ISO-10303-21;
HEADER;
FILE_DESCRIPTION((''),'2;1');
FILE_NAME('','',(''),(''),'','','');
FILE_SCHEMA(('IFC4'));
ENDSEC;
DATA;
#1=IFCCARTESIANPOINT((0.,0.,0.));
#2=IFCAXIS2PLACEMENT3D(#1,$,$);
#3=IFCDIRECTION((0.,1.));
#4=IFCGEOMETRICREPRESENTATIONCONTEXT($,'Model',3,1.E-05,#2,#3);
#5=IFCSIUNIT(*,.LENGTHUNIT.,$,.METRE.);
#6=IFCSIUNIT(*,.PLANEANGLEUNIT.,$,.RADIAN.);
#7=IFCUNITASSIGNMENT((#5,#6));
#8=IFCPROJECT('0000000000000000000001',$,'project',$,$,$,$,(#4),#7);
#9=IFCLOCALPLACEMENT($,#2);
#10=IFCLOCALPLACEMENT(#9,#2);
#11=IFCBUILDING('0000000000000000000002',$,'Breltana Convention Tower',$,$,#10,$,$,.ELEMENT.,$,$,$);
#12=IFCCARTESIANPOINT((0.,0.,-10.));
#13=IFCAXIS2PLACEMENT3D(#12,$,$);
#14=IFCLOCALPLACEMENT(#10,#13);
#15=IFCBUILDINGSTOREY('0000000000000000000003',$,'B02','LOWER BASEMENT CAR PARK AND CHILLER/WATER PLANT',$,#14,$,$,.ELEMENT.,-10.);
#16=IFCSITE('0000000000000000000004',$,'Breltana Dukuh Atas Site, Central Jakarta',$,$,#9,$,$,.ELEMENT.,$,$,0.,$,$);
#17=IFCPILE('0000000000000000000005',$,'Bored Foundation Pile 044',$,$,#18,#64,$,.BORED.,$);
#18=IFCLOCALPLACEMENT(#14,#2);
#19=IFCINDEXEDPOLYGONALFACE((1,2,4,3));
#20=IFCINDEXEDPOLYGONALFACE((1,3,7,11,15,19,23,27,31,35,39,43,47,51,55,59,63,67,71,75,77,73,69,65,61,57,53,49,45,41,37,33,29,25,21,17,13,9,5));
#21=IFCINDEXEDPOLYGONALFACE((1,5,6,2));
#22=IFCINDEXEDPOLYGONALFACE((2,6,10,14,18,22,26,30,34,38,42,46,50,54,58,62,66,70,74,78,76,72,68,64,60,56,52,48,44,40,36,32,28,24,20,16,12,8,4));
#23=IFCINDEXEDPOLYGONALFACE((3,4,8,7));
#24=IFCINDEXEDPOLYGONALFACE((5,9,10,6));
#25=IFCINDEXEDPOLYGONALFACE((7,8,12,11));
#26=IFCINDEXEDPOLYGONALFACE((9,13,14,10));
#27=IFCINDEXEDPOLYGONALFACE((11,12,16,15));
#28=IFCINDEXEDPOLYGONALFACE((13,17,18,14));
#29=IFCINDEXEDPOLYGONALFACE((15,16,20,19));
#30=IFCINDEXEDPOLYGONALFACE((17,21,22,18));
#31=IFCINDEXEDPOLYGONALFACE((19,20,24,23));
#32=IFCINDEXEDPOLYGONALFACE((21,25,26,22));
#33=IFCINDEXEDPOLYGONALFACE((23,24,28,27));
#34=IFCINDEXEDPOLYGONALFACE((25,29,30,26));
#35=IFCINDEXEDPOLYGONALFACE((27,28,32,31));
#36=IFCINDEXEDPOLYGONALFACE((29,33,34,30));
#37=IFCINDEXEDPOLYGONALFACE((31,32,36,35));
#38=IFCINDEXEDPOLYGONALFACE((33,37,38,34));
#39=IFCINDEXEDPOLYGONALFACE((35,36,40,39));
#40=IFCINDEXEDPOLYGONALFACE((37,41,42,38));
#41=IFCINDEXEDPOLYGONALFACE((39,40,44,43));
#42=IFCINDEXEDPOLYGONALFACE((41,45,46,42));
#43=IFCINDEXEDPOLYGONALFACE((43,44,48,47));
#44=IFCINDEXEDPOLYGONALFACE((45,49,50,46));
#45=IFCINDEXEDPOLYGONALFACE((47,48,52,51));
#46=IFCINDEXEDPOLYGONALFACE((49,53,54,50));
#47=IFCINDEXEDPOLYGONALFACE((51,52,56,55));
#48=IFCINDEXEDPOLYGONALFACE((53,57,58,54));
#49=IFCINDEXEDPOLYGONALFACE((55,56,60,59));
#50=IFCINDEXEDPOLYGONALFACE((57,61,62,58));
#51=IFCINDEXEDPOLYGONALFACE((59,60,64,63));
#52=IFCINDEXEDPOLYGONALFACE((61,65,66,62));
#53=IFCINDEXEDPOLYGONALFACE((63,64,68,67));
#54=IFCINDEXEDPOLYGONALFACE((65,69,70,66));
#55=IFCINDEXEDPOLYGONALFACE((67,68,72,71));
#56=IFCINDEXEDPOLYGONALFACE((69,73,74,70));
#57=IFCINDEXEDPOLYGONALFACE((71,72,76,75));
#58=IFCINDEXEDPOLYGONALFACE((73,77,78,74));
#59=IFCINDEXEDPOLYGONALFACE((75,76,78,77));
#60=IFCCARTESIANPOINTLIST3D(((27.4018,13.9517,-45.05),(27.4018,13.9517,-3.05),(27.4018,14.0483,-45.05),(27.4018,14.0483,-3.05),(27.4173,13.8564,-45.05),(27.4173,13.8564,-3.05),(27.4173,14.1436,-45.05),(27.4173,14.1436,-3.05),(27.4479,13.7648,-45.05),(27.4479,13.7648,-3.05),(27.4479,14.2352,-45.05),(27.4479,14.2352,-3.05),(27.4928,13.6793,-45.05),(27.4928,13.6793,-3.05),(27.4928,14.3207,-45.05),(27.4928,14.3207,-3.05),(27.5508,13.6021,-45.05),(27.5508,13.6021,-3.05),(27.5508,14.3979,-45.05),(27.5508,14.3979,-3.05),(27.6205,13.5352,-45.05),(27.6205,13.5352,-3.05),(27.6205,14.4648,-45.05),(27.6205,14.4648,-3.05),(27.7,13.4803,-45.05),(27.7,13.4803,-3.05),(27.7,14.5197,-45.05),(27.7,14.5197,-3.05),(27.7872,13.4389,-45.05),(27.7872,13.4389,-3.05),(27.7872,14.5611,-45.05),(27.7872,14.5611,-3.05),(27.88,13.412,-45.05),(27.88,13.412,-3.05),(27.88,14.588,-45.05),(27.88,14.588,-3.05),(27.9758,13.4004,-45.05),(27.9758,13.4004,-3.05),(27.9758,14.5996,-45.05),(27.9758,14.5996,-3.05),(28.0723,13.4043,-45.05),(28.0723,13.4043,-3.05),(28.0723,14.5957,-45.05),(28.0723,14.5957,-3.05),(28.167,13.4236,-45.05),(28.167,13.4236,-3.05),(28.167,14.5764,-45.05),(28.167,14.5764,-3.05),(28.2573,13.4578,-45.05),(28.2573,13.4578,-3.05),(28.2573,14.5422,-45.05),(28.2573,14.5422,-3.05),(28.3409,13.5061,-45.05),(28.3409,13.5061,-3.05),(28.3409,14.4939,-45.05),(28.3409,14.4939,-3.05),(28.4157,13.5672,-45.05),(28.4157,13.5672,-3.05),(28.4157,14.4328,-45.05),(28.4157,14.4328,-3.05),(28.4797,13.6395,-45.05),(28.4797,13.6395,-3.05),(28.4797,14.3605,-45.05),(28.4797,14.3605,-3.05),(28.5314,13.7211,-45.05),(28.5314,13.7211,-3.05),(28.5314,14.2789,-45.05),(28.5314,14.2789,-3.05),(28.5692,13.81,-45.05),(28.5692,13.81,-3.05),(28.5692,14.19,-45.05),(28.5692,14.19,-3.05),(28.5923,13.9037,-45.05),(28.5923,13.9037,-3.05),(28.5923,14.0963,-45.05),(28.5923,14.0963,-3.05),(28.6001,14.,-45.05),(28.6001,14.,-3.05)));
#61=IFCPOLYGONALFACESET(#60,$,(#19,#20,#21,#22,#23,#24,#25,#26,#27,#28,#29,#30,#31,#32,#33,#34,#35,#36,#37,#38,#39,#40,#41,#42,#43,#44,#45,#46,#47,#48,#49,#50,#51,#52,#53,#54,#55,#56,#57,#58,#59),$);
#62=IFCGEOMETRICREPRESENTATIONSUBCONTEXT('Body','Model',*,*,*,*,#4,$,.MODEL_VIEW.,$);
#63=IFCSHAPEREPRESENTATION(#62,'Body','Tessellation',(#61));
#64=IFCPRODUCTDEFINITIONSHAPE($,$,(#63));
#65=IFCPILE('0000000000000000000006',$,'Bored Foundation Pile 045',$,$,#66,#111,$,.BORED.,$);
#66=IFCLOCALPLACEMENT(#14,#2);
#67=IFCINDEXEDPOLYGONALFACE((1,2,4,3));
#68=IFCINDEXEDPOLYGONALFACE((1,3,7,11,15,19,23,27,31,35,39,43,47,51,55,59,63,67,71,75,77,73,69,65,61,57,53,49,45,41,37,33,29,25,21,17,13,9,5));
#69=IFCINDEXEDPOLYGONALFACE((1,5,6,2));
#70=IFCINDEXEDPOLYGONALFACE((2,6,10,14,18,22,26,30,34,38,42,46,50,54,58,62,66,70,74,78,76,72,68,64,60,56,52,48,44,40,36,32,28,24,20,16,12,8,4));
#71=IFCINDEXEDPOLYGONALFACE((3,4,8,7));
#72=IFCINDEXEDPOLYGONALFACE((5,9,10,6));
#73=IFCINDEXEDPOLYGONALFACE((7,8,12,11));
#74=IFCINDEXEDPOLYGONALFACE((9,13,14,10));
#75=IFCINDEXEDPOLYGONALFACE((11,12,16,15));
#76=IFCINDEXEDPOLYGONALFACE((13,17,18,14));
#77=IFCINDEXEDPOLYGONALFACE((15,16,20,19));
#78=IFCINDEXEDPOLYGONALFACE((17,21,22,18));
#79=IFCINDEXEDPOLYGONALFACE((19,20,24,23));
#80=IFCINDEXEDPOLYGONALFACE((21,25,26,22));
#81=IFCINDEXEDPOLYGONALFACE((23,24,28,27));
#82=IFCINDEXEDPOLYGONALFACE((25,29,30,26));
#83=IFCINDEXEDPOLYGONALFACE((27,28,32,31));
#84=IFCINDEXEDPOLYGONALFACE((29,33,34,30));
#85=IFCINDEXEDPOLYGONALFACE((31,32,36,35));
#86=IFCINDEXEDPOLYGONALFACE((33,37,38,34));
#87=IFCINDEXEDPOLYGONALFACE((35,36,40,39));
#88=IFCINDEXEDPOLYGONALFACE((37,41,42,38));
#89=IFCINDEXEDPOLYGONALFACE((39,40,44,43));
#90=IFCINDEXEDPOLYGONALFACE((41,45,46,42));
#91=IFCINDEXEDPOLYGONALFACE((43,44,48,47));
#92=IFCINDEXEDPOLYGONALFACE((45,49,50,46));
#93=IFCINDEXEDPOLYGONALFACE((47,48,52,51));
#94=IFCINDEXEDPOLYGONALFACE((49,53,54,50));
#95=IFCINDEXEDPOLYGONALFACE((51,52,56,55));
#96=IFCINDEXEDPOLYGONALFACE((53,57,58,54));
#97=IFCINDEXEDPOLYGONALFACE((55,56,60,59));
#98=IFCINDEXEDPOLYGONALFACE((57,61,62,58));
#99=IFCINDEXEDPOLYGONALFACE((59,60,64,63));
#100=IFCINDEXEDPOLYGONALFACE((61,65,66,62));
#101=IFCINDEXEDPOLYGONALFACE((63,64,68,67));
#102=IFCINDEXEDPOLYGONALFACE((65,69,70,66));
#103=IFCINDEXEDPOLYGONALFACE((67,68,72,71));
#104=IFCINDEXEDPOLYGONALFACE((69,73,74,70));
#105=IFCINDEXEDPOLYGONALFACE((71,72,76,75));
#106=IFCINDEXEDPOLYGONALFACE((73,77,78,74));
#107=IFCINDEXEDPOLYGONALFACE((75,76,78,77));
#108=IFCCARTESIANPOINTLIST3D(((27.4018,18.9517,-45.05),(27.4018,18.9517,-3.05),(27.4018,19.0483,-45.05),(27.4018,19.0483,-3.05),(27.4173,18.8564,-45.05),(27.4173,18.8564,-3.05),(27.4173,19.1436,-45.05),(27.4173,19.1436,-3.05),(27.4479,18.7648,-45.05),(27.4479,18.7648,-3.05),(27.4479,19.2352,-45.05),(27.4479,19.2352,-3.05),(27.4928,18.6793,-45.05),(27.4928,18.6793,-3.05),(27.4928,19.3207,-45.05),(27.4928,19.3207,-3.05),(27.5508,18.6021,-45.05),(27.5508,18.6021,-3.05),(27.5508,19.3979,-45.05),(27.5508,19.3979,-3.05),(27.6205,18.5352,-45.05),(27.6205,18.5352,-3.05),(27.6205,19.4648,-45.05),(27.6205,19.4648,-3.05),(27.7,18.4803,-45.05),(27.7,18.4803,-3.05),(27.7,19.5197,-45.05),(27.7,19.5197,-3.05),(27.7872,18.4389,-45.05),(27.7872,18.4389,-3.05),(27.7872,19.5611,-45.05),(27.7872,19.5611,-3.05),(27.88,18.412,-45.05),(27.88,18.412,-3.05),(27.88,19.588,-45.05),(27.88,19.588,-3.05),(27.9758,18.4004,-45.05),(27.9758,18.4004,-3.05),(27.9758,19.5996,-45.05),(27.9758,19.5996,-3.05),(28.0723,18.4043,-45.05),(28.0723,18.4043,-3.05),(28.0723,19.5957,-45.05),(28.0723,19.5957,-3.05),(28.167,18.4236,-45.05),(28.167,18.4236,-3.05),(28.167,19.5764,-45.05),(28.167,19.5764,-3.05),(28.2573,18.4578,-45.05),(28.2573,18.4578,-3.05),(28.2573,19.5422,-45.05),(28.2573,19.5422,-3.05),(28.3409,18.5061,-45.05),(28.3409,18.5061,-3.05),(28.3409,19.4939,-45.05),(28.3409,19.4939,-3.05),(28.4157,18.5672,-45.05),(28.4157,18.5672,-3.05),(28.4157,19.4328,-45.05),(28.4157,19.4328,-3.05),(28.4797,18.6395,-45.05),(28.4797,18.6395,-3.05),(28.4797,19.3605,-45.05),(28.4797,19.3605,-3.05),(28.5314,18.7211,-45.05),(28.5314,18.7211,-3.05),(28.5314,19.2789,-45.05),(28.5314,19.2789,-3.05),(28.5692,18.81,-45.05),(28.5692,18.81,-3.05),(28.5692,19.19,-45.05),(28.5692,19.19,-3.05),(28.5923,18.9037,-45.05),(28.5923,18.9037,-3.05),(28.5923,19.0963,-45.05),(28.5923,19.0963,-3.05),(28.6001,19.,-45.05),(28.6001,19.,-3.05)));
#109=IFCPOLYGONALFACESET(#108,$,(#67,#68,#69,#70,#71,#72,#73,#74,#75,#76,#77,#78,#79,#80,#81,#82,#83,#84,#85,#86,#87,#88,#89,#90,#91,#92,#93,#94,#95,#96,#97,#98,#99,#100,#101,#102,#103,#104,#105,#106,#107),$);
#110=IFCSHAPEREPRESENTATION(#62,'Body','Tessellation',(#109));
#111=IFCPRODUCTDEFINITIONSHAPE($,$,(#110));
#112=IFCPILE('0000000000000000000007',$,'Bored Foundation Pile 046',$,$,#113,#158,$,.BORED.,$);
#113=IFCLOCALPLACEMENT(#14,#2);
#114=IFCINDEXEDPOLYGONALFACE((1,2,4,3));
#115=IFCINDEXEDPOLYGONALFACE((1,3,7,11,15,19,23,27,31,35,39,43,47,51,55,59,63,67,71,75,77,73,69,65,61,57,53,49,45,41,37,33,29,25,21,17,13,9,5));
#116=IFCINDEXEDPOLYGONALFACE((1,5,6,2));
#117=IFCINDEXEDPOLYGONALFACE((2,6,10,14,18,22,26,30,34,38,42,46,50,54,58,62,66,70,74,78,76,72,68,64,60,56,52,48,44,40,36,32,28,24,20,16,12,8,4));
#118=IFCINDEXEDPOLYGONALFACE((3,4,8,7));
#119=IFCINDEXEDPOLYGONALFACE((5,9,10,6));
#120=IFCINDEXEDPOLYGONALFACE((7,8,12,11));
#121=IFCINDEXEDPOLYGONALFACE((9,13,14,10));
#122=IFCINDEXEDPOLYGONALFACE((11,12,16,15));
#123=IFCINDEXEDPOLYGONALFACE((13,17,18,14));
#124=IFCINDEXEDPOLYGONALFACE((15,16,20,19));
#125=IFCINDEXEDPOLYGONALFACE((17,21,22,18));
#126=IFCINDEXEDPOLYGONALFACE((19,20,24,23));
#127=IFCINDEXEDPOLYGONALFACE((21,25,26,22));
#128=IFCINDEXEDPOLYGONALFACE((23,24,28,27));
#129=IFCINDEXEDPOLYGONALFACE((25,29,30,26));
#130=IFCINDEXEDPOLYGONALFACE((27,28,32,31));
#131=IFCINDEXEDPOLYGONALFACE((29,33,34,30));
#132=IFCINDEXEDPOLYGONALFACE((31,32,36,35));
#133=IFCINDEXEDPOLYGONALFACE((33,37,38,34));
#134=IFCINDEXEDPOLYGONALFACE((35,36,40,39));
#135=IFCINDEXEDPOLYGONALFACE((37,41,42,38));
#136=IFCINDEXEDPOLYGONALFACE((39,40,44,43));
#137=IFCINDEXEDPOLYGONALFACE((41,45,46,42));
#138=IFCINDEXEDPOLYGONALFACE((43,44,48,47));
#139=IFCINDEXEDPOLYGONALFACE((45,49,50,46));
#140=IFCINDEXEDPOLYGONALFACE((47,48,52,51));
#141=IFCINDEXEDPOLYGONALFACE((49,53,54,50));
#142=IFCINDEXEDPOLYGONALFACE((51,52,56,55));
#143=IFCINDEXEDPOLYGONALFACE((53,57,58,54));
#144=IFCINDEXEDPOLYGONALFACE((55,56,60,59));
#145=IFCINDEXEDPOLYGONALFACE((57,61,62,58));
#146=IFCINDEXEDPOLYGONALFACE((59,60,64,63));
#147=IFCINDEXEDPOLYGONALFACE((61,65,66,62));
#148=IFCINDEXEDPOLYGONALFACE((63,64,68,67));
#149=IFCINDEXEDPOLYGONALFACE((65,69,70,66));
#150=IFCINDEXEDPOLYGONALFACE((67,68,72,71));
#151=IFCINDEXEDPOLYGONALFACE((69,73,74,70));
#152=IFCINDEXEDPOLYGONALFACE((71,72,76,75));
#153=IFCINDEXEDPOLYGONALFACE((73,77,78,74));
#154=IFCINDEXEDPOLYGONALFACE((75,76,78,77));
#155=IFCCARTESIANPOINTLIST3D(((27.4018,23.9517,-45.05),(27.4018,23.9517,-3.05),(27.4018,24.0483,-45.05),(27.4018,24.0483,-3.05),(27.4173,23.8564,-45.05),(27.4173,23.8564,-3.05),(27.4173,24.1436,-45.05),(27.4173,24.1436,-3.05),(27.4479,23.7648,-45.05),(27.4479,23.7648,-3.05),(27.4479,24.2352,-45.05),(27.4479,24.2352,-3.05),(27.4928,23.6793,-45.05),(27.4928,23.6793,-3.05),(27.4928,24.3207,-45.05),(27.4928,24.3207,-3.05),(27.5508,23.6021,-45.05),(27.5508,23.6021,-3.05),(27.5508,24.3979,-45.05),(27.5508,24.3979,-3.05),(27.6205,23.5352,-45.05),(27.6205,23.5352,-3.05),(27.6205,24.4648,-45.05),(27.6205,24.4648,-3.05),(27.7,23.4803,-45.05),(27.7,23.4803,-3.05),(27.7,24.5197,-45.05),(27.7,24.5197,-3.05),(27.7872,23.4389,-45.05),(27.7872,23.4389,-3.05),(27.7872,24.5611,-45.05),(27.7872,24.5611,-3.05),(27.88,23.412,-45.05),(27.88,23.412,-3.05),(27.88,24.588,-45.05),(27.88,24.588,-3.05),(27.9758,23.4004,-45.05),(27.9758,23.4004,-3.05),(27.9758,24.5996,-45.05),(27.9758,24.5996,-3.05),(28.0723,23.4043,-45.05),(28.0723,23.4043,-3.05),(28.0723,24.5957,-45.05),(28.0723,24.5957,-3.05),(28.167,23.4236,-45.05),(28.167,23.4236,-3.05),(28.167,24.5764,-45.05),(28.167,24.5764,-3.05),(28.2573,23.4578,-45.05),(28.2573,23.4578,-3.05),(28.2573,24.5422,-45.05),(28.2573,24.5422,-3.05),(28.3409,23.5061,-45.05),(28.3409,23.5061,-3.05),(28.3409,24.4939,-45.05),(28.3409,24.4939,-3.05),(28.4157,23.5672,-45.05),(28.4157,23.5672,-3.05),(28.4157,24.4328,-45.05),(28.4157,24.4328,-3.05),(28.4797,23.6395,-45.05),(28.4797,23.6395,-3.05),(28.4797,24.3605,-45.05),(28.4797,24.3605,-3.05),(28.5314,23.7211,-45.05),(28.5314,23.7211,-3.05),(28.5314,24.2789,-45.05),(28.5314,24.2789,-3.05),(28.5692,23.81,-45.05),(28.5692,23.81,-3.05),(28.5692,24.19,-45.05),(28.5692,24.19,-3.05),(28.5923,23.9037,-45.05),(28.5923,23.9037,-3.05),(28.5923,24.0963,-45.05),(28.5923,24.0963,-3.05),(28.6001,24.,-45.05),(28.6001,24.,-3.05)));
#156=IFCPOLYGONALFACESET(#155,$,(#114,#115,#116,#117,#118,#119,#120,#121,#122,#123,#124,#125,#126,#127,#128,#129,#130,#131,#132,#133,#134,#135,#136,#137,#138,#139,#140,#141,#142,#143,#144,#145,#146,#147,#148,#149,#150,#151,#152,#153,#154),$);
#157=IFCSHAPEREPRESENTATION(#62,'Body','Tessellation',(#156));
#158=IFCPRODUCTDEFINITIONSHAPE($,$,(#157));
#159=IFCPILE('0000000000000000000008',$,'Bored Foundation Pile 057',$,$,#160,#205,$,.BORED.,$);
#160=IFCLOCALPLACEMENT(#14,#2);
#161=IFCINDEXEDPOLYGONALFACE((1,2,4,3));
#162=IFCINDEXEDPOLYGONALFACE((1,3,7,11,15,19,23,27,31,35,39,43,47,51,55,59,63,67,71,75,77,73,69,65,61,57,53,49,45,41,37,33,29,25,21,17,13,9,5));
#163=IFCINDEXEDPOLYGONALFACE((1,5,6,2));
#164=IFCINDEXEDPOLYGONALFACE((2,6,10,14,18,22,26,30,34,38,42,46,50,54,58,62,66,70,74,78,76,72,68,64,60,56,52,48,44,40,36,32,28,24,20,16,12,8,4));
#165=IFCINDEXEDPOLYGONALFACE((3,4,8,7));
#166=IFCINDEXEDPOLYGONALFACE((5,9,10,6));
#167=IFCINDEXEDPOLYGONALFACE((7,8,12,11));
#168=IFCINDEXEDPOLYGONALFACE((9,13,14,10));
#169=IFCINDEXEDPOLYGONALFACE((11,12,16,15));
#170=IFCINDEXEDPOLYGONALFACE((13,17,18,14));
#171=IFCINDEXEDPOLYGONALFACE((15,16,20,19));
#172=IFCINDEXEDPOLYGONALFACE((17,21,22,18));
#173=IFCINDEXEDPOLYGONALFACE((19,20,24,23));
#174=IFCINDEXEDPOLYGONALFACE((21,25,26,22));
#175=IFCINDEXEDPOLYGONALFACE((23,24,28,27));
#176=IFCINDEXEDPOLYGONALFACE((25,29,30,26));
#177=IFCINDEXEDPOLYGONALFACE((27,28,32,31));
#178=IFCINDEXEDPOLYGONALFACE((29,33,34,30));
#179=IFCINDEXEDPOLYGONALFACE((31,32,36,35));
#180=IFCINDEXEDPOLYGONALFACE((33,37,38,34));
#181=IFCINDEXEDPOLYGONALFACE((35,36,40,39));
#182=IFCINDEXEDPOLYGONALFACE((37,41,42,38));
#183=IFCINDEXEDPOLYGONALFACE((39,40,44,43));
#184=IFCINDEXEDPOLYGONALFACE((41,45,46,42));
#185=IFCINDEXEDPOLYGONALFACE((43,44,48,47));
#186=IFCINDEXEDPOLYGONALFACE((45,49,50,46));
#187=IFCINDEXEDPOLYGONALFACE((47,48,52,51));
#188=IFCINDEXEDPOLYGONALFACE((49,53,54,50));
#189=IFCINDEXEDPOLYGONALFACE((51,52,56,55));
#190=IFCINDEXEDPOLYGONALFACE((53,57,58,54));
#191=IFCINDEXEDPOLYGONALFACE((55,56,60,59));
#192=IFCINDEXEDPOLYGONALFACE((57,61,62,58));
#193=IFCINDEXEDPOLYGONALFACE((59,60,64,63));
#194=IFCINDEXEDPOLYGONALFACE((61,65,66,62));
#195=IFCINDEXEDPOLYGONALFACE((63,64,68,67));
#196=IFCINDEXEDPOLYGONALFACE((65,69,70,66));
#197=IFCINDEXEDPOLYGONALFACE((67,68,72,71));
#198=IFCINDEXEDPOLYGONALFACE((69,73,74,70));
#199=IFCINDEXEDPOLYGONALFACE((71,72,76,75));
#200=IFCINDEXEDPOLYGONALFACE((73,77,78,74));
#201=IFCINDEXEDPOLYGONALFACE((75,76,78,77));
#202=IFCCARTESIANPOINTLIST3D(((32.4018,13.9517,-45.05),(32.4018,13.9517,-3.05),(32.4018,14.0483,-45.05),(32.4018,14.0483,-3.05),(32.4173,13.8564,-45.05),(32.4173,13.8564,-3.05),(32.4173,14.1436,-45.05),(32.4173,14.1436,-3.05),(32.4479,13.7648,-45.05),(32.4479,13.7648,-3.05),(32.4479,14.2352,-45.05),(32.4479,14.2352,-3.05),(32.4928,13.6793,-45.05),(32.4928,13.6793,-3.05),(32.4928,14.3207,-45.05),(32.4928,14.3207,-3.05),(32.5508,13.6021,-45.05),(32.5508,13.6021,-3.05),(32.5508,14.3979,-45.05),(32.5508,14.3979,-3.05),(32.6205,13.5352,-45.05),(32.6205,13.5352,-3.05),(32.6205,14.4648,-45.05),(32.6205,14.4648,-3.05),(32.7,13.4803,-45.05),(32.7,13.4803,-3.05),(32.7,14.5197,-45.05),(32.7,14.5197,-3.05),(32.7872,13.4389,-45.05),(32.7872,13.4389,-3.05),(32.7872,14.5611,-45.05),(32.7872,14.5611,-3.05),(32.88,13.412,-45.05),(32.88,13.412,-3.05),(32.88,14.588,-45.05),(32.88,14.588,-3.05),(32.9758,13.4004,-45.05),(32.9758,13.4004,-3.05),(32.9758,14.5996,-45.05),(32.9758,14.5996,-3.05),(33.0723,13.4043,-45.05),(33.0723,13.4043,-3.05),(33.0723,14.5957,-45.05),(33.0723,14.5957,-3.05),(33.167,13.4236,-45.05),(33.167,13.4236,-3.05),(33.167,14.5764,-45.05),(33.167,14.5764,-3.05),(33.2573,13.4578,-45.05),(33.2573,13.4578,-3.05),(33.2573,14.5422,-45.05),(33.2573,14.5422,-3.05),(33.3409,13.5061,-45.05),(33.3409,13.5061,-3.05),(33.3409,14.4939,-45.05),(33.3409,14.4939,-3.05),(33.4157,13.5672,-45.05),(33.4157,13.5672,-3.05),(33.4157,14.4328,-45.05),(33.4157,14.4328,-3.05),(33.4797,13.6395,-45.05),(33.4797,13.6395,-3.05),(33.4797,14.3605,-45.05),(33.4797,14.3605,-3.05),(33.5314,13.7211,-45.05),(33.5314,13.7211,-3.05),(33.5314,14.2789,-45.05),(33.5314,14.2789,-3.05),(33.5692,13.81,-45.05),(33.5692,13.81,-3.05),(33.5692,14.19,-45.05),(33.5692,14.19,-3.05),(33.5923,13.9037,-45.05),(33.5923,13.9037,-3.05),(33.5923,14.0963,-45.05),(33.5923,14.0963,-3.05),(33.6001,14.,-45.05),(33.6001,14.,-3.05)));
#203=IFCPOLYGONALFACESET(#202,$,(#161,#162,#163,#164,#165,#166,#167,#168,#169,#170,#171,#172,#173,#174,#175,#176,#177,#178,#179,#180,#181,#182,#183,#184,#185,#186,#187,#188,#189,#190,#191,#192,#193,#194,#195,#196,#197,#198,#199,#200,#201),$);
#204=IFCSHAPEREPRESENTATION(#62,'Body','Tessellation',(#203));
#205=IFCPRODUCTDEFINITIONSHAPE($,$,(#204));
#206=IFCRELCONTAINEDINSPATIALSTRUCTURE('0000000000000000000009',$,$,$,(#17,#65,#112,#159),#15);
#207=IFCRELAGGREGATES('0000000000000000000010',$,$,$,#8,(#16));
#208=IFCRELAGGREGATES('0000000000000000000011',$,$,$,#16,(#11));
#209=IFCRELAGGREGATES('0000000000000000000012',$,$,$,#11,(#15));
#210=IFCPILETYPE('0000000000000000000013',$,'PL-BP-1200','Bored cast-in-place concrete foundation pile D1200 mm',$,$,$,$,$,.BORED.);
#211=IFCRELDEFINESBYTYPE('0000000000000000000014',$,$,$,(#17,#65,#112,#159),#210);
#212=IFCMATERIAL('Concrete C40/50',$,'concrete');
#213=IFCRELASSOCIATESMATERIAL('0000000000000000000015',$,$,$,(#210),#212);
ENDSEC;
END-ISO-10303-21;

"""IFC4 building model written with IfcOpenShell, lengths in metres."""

from ifc_helpers import new_model, si_unit, direction, frame, origin, origin_2d, place, context, subcontext, project, spatial, circle, extrude, source, transform, mapped, material, material_profile, profile_set, type_object, type_shapes, element, save


model = new_model("IFC4")

# Units and contexts
model_context = context("Model", 3, precision=1e-05, world=origin(), true_north=direction((0.0, 1.0)))
body_context = subcontext(model_context, "Body", "Model", "MODEL_VIEW")
ifc_project = project(units=[si_unit("LENGTHUNIT", "METRE"), si_unit("PLANEANGLEUNIT", "RADIAN")], contexts=[model_context])

# Site, building, storey
site_placement = place(None, origin())
site = spatial("IfcSite", under=ifc_project, at=site_placement, Name="Breltana Dukuh Atas Site, Central Jakarta", CompositionType="ELEMENT", RefElevation=0.0)
building_placement = place(site_placement, origin())
building = spatial("IfcBuilding", under=site, at=building_placement, Name="Breltana Convention Tower", CompositionType="ELEMENT")
storey_placement = place(building_placement, frame((0.0, 0.0, -10.0)))
storey = spatial("IfcBuildingStorey", under=building, at=storey_placement, Name="B02", Description="LOWER BASEMENT CAR PARK AND CHILLER/WATER PLANT", CompositionType="ELEMENT", Elevation=-10.0)

# Piles
ifc_material_1 = material(Name="Concrete C40/50", Category="concrete")
ifc_material_profile_1 = material_profile(ifc_material_1, circle(Radius=0.6001, at=origin_2d()), Name="BP-D1200")
ifc_profile_set_1 = profile_set([ifc_material_profile_1], Name="Concrete C40/50")
pile_type = type_object("IfcPileType", Name="PL-BP-1200", Description="Bored cast-in-place concrete foundation pile D1200 mm", PredefinedType="BORED", material=ifc_profile_set_1)
shared_shape_1 = source(origin(), body_context, "Body", "SweptSolid", [
    extrude(circle(Radius=0.6001, at=origin_2d()), origin(), (0.0, 0.0, 1.0), 42.0),
])
type_shapes(pile_type, [shared_shape_1])
for number, where, z_axis, x_axis, name in (
    (1, (28.0, 14.0, -3.05), (0.0, 0.0, -1.0), (1.0, 0.0, 0.0), "Bored Foundation Pile 044"),
    (2, (28.0, 19.0, -3.05), (0.0, 0.0, -1.0), (1.0, 0.0, 0.0), "Bored Foundation Pile 045"),
    (3, (28.0, 24.0, -3.05), (0.0, 0.0, -1.0), (1.0, 0.0, 0.0), "Bored Foundation Pile 046"),
    (4, (33.0, 14.0, -3.05), (0.0, 0.0, -1.0), (1.0, 0.0, 0.0), "Bored Foundation Pile 057"),
):
    element("IfcPile", number, at=place(storey_placement, frame(where, z_axis=z_axis, x_axis=x_axis)), inside=storey, type_object=pile_type, Name=name, PredefinedType="BORED", context=body_context, shape_type="MappedRepresentation", body=[
        mapped(shared_shape_1, transform((0.0, 0.0, 0.0), scale=1.0)),
    ])

save(model, "model.ifc")
